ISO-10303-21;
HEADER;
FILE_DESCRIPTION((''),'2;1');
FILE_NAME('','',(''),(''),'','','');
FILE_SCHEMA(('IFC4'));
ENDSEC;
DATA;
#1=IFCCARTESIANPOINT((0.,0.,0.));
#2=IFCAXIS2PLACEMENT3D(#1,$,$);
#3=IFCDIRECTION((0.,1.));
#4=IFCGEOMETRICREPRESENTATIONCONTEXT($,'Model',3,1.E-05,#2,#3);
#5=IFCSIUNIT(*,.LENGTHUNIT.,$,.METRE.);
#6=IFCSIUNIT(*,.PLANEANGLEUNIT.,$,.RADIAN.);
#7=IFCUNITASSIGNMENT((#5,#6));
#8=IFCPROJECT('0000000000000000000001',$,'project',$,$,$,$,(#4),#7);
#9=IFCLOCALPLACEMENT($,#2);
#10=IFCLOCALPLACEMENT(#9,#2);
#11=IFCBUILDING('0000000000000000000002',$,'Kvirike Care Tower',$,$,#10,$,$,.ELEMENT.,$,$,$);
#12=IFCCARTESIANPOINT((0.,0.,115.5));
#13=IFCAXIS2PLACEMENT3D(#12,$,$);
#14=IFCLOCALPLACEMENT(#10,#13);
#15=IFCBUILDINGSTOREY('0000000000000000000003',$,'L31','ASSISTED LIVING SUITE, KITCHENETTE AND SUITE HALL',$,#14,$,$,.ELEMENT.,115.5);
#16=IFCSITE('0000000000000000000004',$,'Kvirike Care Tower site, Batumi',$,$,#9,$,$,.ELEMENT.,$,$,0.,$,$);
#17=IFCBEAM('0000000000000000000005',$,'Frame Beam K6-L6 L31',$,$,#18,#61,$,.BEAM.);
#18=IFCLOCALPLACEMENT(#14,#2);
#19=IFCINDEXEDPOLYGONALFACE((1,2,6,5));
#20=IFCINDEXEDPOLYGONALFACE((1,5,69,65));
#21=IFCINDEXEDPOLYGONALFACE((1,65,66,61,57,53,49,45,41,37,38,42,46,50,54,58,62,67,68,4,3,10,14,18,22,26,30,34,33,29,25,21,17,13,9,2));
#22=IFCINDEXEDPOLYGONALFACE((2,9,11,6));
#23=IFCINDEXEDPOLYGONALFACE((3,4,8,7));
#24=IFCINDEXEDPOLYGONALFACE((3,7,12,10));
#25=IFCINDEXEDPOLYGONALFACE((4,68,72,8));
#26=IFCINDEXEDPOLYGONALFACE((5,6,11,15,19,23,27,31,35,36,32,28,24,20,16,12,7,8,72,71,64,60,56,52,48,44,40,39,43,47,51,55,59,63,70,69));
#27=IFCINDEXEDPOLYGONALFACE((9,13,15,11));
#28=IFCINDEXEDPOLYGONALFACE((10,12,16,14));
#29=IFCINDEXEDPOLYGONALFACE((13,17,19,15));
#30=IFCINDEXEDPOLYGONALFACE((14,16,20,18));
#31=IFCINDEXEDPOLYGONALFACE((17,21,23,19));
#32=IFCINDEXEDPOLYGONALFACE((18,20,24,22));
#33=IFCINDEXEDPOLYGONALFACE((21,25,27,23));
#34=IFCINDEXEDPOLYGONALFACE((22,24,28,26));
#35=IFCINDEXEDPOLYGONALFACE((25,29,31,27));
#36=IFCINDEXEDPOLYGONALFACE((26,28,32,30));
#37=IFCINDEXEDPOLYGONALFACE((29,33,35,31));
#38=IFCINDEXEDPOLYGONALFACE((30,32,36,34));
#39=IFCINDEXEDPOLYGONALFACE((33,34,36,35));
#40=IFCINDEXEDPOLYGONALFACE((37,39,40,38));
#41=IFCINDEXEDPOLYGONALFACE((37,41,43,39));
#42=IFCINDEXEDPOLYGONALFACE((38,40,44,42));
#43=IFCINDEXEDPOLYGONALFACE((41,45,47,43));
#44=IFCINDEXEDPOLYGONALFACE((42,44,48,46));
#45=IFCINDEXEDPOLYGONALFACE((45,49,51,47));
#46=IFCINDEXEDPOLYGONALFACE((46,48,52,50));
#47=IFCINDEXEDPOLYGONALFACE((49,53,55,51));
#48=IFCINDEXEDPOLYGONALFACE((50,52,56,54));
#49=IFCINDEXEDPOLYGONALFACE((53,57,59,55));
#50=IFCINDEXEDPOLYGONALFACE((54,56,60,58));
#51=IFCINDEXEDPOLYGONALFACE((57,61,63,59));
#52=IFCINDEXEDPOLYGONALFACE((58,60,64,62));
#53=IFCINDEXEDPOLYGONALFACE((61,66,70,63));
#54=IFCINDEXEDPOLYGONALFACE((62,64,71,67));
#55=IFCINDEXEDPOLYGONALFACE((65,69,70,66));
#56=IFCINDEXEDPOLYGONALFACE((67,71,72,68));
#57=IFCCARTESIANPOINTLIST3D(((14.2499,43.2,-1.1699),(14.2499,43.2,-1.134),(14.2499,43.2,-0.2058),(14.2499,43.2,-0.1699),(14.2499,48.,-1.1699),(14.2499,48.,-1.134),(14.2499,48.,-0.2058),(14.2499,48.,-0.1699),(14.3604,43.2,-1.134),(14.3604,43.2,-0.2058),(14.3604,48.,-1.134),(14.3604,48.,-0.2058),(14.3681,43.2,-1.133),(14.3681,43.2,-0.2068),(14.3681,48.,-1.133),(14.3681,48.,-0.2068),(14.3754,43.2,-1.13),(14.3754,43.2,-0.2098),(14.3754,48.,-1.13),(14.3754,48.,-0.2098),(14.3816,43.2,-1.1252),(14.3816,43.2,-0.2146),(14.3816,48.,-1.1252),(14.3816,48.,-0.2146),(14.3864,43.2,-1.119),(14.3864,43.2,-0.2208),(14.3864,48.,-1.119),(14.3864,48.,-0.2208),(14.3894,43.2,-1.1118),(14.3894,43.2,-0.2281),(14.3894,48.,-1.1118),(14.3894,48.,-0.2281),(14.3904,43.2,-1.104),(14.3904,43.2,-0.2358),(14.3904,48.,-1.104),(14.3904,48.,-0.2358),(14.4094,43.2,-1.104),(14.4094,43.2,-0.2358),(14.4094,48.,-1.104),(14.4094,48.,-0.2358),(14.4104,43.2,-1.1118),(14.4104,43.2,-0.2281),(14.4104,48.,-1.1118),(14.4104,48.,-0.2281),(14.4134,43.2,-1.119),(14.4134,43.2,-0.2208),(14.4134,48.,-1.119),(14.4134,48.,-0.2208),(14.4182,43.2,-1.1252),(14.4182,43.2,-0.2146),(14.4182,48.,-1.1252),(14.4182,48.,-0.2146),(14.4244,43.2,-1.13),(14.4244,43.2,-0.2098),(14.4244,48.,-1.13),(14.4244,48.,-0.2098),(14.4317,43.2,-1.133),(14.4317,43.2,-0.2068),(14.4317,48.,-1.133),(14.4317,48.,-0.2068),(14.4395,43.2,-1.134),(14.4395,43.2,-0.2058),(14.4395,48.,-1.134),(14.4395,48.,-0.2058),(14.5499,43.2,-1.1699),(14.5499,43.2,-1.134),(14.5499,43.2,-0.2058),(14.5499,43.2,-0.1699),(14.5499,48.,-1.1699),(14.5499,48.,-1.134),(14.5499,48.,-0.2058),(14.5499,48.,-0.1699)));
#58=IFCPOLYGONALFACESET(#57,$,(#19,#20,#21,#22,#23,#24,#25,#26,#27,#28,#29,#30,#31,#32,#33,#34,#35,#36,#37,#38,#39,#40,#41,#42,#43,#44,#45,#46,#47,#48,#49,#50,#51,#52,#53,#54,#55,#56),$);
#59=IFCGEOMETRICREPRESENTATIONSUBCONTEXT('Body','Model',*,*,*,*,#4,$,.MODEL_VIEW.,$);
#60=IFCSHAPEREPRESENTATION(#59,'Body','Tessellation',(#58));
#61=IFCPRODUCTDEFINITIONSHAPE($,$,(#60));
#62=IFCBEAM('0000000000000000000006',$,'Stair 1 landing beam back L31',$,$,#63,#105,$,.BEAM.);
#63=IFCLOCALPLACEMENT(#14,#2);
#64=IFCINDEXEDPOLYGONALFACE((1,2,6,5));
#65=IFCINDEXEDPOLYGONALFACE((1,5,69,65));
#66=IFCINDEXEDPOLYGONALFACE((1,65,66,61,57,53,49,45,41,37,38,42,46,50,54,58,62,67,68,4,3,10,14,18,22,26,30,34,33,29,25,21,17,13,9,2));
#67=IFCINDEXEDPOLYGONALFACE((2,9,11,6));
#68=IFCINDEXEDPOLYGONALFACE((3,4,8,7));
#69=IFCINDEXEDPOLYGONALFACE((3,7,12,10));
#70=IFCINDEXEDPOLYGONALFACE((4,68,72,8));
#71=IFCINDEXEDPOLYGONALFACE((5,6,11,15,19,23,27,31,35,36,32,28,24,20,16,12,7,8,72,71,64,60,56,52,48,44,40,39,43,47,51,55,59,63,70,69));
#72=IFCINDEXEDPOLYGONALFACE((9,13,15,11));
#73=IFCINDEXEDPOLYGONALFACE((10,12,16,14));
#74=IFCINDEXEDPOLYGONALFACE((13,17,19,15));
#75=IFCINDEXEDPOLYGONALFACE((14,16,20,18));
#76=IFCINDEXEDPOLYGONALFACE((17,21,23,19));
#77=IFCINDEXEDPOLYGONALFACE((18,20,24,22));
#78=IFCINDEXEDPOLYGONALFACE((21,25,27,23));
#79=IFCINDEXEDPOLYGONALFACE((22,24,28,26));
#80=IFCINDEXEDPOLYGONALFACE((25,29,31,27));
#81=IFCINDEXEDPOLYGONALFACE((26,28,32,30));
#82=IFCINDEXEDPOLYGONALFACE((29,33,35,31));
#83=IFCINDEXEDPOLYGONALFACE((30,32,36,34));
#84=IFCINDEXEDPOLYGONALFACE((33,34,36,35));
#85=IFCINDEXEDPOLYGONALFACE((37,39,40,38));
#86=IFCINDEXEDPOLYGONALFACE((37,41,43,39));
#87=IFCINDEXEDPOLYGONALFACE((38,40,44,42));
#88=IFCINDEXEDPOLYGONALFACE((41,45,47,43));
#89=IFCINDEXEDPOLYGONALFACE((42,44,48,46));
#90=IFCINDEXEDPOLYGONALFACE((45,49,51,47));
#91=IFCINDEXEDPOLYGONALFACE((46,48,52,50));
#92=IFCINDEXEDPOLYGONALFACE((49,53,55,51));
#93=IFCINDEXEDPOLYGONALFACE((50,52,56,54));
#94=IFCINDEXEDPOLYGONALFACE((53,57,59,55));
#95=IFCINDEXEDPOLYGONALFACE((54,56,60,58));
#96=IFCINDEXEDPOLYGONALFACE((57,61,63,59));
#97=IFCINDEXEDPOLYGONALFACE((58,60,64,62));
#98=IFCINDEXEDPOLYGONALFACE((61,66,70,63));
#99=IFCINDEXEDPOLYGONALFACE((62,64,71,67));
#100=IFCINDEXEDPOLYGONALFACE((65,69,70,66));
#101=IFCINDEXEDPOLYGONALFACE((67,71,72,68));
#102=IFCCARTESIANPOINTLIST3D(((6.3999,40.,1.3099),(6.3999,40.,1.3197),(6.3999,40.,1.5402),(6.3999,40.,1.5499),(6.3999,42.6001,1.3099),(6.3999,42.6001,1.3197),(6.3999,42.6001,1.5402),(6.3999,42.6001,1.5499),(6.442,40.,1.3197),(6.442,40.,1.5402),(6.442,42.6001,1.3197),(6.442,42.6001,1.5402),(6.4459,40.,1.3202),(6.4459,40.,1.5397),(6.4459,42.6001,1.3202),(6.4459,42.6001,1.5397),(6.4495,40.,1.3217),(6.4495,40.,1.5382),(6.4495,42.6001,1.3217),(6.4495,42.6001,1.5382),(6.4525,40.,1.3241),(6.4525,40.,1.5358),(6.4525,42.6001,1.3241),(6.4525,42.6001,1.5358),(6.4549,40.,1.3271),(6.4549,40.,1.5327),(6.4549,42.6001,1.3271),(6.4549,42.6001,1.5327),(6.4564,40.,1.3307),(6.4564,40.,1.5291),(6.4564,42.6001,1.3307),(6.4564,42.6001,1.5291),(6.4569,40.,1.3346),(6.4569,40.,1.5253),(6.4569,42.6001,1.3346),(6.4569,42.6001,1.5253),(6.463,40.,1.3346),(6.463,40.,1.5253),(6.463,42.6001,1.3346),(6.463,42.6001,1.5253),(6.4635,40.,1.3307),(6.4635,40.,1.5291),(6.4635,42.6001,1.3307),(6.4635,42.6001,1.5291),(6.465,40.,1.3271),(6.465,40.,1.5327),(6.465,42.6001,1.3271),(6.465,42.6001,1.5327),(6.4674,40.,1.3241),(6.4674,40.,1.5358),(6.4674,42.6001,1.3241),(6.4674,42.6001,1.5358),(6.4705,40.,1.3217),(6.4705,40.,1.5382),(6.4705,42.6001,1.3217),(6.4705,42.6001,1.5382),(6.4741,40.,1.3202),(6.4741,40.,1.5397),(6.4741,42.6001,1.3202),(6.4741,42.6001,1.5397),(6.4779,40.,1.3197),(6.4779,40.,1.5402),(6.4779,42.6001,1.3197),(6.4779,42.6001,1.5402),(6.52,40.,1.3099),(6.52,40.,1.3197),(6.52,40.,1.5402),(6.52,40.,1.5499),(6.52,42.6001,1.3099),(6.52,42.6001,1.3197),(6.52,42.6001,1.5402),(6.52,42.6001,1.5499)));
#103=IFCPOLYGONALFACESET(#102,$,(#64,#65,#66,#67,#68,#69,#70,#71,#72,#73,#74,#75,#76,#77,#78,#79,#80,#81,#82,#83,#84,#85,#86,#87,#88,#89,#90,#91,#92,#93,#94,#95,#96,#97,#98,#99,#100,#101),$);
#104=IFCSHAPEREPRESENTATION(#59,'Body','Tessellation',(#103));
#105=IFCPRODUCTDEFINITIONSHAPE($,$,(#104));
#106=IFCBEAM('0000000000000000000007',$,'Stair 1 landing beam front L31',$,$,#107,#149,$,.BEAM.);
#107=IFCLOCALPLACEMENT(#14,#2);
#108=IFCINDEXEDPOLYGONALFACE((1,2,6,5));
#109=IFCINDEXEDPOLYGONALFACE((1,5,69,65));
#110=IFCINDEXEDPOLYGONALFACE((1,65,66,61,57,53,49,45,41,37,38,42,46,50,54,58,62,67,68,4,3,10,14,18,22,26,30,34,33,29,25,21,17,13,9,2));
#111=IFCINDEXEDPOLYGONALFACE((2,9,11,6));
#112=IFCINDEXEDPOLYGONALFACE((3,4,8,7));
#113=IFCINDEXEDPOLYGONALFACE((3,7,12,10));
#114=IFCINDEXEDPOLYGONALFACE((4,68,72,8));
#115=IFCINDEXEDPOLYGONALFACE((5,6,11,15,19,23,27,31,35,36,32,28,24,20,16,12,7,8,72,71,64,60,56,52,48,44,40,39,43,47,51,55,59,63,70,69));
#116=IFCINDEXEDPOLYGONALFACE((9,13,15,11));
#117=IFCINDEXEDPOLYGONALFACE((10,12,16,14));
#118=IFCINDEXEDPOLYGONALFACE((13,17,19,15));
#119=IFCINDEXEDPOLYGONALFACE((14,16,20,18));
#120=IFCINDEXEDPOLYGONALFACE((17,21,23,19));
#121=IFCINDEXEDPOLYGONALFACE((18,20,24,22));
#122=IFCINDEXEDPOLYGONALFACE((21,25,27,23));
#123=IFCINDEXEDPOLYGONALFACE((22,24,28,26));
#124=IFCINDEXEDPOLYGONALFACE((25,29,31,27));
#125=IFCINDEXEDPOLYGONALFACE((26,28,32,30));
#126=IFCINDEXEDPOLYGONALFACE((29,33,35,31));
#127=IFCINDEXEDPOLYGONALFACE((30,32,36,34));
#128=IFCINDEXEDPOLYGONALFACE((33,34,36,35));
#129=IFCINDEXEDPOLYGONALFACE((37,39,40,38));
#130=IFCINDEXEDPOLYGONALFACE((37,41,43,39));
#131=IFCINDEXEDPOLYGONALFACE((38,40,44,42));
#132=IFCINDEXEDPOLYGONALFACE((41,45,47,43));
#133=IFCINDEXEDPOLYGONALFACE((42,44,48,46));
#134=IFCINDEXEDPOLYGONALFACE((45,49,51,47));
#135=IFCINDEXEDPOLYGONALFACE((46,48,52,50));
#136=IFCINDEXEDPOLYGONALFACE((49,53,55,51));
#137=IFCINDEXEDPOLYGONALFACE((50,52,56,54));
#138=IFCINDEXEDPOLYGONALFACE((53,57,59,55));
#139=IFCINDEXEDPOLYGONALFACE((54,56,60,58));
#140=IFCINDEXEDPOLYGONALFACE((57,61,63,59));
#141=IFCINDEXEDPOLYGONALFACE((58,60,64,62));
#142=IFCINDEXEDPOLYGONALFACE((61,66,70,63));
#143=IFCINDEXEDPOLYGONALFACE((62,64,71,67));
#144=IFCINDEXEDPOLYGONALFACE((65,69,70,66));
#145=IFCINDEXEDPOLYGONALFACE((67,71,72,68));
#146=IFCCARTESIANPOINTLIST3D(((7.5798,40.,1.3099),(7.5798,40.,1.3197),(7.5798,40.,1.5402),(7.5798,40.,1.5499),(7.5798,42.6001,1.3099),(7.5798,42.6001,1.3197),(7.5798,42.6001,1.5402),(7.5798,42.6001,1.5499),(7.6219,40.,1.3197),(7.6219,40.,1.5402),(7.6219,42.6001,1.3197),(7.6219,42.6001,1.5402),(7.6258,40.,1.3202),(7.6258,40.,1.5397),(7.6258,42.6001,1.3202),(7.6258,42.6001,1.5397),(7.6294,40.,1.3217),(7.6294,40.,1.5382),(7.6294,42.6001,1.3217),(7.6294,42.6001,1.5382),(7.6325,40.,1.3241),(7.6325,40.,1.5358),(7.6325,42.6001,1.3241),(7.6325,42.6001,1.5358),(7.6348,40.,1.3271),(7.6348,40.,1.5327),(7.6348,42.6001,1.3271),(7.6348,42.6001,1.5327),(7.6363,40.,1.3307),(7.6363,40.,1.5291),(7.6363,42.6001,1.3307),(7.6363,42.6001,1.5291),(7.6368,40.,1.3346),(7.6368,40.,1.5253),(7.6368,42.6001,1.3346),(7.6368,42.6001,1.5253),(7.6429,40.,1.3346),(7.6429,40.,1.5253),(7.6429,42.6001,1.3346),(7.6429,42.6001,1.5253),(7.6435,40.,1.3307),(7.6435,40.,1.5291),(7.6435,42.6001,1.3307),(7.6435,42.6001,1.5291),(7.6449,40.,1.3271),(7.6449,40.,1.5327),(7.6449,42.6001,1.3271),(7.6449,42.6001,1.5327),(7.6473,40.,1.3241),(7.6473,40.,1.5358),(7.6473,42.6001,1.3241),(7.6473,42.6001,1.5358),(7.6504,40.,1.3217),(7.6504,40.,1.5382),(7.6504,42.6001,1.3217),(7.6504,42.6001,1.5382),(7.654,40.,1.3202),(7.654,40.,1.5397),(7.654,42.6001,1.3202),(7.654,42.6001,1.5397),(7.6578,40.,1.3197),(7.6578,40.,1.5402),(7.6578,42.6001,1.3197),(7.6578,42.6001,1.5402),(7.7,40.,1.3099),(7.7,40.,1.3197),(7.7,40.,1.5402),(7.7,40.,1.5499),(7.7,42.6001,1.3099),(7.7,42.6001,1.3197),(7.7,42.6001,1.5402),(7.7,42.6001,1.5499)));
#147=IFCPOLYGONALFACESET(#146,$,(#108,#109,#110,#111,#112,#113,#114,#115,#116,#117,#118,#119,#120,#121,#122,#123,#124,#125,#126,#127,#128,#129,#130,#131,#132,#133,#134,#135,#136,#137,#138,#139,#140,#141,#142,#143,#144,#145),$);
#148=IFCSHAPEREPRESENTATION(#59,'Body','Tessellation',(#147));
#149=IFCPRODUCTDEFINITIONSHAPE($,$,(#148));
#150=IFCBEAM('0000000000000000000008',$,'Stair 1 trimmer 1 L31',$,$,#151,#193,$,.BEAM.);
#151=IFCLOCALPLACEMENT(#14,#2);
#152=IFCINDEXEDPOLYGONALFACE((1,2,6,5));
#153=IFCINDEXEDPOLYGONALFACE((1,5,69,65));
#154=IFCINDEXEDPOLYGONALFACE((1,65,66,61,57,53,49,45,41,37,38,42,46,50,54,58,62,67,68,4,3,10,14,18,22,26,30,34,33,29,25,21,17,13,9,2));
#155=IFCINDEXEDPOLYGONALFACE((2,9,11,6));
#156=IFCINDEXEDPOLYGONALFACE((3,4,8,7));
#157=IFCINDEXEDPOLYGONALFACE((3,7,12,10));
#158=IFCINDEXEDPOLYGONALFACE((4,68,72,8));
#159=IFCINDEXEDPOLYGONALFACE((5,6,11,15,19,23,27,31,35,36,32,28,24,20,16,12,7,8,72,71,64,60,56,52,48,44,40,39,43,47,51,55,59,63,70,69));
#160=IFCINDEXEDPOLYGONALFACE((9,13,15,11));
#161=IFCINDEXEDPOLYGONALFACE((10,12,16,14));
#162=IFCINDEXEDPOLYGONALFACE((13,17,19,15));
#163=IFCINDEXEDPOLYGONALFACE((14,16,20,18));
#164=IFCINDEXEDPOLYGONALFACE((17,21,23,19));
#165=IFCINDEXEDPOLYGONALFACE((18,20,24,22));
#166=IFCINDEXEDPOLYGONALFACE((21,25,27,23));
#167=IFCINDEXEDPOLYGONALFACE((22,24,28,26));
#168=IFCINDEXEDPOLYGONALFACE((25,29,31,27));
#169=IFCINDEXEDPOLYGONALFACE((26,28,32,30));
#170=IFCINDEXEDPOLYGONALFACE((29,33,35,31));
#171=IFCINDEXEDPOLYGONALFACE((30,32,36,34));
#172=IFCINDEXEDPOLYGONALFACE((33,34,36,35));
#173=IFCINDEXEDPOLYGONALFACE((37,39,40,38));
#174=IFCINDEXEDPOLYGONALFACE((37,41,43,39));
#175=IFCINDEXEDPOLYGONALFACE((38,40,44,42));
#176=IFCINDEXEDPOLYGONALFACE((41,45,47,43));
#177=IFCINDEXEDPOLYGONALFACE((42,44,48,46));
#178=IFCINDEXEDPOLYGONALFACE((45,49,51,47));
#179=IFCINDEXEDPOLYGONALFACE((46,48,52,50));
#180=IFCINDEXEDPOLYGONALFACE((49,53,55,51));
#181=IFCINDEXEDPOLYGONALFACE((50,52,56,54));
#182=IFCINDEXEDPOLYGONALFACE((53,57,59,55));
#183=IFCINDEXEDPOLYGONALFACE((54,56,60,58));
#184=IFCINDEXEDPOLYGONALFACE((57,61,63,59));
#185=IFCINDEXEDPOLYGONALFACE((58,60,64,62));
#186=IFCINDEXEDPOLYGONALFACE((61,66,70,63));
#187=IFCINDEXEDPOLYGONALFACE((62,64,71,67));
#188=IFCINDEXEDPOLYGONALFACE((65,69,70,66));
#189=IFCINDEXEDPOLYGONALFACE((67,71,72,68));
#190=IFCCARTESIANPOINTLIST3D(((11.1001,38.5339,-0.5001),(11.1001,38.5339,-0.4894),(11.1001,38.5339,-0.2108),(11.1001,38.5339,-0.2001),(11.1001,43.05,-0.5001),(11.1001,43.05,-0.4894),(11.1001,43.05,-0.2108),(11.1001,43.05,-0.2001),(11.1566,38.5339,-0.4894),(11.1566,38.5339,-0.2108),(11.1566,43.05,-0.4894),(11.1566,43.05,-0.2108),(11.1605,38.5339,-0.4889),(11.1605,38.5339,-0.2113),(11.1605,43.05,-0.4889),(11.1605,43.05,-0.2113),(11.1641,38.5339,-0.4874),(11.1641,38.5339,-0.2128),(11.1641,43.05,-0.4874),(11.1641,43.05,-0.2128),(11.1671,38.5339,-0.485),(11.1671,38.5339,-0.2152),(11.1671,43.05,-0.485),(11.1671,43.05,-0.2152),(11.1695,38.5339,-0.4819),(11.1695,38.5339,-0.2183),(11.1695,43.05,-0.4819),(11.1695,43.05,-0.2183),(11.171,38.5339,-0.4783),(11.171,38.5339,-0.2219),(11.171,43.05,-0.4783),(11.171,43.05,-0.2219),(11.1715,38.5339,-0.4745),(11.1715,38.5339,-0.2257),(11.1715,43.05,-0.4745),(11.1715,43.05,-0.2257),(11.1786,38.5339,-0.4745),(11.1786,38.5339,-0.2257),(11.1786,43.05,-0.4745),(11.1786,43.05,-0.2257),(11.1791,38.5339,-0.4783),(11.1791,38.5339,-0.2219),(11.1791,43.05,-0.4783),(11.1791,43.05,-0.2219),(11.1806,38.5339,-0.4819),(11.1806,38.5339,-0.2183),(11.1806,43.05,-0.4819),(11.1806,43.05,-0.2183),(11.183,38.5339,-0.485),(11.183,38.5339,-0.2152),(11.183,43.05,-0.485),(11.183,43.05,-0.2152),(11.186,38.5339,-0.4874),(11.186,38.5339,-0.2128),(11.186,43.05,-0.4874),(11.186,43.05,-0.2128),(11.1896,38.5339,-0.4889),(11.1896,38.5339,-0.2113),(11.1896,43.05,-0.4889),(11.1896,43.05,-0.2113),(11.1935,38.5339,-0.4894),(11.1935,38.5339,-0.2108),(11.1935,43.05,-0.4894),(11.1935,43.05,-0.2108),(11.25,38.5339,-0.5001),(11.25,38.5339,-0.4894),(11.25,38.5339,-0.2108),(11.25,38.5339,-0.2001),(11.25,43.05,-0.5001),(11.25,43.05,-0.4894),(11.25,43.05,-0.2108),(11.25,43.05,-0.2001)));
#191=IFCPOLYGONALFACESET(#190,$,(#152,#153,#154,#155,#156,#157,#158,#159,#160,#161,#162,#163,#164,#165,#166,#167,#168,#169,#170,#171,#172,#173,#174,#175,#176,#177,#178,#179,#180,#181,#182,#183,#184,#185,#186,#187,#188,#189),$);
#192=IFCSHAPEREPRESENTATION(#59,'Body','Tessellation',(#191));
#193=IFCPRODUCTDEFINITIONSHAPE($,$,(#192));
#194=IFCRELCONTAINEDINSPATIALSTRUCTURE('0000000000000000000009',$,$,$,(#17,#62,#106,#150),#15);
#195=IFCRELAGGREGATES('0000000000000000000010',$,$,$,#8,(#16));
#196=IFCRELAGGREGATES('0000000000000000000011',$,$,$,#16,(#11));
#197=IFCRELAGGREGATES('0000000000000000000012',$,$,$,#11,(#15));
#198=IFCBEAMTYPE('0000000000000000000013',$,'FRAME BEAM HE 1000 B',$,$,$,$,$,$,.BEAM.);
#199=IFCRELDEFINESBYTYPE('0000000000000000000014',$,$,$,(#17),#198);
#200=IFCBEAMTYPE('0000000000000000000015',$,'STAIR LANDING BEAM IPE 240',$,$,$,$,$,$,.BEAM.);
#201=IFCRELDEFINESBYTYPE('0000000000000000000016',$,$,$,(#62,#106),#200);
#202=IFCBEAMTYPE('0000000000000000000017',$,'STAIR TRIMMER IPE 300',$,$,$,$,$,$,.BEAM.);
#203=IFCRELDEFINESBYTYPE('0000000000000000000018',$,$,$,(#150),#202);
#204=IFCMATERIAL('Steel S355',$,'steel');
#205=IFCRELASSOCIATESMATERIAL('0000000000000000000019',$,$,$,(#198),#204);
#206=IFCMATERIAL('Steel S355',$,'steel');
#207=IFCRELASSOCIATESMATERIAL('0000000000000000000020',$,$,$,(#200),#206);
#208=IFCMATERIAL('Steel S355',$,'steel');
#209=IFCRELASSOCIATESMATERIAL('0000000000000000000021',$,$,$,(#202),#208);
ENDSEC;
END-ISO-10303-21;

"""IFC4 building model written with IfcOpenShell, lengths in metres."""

from ifc_helpers import new_model, si_unit, direction, frame, origin, origin_2d, place, context, subcontext, project, spatial, i_section, extrude, material, material_profile, profile_set, type_object, element, save


model = new_model("IFC4")

# Units and contexts
model_context = context("Model", 3, precision=1e-05, world=origin(), true_north=direction((0.0, 1.0)))
body_context = subcontext(model_context, "Body", "Model", "MODEL_VIEW")
ifc_project = project(units=[si_unit("LENGTHUNIT", "METRE"), si_unit("PLANEANGLEUNIT", "RADIAN")], contexts=[model_context])

# Site, building, storey
site_placement = place(None, origin())
site = spatial("IfcSite", under=ifc_project, at=site_placement, Name="Kvirike Care Tower site, Batumi", CompositionType="ELEMENT", RefElevation=0.0)
building_placement = place(site_placement, origin())
building = spatial("IfcBuilding", under=site, at=building_placement, Name="Kvirike Care Tower", CompositionType="ELEMENT")
storey_placement = place(building_placement, frame((0.0, 0.0, 115.5)))
storey = spatial("IfcBuildingStorey", under=building, at=storey_placement, Name="L31", Description="ASSISTED LIVING SUITE, KITCHENETTE AND SUITE HALL", CompositionType="ELEMENT", Elevation=115.5)

# Beams
ifc_material_1 = material(Name="Steel S355", Category="steel")
ifc_material_profile_1 = material_profile(ifc_material_1, i_section(OverallWidth=0.3, OverallDepth=1.0, WebThickness=0.019, FlangeThickness=0.0359, FilletRadius=0.03, at=origin_2d()), Name="HE 1000 B")
ifc_profile_set_1 = profile_set([ifc_material_profile_1], Name="Steel S355")
beam_type_1 = type_object("IfcBeamType", Name="FRAME BEAM HE 1000 B", PredefinedType="BEAM", material=ifc_profile_set_1)
beam_1_placement = place(storey_placement, frame((14.3999, 43.2, -0.6699), z_axis=(0.0, 1.0, 0.0), x_axis=(-1.0, 0.0, 0.0)))
element("IfcBeam", 1, at=beam_1_placement, inside=storey, type_object=beam_type_1, Name="Frame Beam K6-L6 L31", PredefinedType="BEAM", context=body_context, shape_type="SweptSolid", body=[
    extrude(i_section(OverallWidth=0.3, OverallDepth=1.0, WebThickness=0.019, FlangeThickness=0.0359, FilletRadius=0.03, at=origin_2d()), origin(), (0.0, 0.0, 1.0), 4.8),
])
ifc_material_2 = material(Name="Steel S355", Category="steel")
ifc_material_profile_2 = material_profile(ifc_material_2, i_section(OverallWidth=0.1201, OverallDepth=0.24, WebThickness=0.0061, FlangeThickness=0.0098, FilletRadius=0.0149, at=origin_2d()), Name="IPE 240")
ifc_profile_set_2 = profile_set([ifc_material_profile_2], Name="Steel S355")
beam_type_2 = type_object("IfcBeamType", Name="STAIR LANDING BEAM IPE 240", PredefinedType="BEAM", material=ifc_profile_set_2)
for number, where, z_axis, x_axis, name in (
    (2, (6.46, 42.6001, 1.4299), (0.0, -1.0, 0.0), (1.0, 0.0, 0.0), "Stair 1 landing beam back L31"),
    (3, (7.6399, 42.6001, 1.4299), (0.0, -1.0, 0.0), (1.0, 0.0, 0.0), "Stair 1 landing beam front L31"),
):
    element("IfcBeam", number, at=place(storey_placement, frame(where, z_axis=z_axis, x_axis=x_axis)), inside=storey, type_object=beam_type_2, Name=name, PredefinedType="BEAM", context=body_context, shape_type="SweptSolid", body=[
        extrude(i_section(OverallWidth=0.1201, OverallDepth=0.24, WebThickness=0.0061, FlangeThickness=0.0098, FilletRadius=0.0149, at=origin_2d()), origin(), (0.0, 0.0, 1.0), 2.6001),
    ])
ifc_material_3 = material(Name="Steel S355", Category="steel")
ifc_material_profile_3 = material_profile(ifc_material_3, i_section(OverallWidth=0.1499, OverallDepth=0.3, WebThickness=0.0071, FlangeThickness=0.0107, FilletRadius=0.0149, at=origin_2d()), Name="IPE 300")
ifc_profile_set_3 = profile_set([ifc_material_profile_3], Name="Steel S355")
beam_type_3 = type_object("IfcBeamType", Name="STAIR TRIMMER IPE 300", PredefinedType="BEAM", material=ifc_profile_set_3)
for number, where, z_axis, x_axis, name in (
    (4, (11.175, 43.05, -0.3501), (0.0, -1.0, 0.0), (1.0, 0.0, 0.0), "Stair 1 trimmer 1 L31"),
):
    element("IfcBeam", number, at=place(storey_placement, frame(where, z_axis=z_axis, x_axis=x_axis)), inside=storey, type_object=beam_type_3, Name=name, PredefinedType="BEAM", context=body_context, shape_type="SweptSolid", body=[
        extrude(i_section(OverallWidth=0.1499, OverallDepth=0.3, WebThickness=0.0071, FlangeThickness=0.0107, FilletRadius=0.0149, at=origin_2d()), origin(), (0.0, 0.0, 1.0), 4.5161),
    ])

save(model, "model.ifc")
